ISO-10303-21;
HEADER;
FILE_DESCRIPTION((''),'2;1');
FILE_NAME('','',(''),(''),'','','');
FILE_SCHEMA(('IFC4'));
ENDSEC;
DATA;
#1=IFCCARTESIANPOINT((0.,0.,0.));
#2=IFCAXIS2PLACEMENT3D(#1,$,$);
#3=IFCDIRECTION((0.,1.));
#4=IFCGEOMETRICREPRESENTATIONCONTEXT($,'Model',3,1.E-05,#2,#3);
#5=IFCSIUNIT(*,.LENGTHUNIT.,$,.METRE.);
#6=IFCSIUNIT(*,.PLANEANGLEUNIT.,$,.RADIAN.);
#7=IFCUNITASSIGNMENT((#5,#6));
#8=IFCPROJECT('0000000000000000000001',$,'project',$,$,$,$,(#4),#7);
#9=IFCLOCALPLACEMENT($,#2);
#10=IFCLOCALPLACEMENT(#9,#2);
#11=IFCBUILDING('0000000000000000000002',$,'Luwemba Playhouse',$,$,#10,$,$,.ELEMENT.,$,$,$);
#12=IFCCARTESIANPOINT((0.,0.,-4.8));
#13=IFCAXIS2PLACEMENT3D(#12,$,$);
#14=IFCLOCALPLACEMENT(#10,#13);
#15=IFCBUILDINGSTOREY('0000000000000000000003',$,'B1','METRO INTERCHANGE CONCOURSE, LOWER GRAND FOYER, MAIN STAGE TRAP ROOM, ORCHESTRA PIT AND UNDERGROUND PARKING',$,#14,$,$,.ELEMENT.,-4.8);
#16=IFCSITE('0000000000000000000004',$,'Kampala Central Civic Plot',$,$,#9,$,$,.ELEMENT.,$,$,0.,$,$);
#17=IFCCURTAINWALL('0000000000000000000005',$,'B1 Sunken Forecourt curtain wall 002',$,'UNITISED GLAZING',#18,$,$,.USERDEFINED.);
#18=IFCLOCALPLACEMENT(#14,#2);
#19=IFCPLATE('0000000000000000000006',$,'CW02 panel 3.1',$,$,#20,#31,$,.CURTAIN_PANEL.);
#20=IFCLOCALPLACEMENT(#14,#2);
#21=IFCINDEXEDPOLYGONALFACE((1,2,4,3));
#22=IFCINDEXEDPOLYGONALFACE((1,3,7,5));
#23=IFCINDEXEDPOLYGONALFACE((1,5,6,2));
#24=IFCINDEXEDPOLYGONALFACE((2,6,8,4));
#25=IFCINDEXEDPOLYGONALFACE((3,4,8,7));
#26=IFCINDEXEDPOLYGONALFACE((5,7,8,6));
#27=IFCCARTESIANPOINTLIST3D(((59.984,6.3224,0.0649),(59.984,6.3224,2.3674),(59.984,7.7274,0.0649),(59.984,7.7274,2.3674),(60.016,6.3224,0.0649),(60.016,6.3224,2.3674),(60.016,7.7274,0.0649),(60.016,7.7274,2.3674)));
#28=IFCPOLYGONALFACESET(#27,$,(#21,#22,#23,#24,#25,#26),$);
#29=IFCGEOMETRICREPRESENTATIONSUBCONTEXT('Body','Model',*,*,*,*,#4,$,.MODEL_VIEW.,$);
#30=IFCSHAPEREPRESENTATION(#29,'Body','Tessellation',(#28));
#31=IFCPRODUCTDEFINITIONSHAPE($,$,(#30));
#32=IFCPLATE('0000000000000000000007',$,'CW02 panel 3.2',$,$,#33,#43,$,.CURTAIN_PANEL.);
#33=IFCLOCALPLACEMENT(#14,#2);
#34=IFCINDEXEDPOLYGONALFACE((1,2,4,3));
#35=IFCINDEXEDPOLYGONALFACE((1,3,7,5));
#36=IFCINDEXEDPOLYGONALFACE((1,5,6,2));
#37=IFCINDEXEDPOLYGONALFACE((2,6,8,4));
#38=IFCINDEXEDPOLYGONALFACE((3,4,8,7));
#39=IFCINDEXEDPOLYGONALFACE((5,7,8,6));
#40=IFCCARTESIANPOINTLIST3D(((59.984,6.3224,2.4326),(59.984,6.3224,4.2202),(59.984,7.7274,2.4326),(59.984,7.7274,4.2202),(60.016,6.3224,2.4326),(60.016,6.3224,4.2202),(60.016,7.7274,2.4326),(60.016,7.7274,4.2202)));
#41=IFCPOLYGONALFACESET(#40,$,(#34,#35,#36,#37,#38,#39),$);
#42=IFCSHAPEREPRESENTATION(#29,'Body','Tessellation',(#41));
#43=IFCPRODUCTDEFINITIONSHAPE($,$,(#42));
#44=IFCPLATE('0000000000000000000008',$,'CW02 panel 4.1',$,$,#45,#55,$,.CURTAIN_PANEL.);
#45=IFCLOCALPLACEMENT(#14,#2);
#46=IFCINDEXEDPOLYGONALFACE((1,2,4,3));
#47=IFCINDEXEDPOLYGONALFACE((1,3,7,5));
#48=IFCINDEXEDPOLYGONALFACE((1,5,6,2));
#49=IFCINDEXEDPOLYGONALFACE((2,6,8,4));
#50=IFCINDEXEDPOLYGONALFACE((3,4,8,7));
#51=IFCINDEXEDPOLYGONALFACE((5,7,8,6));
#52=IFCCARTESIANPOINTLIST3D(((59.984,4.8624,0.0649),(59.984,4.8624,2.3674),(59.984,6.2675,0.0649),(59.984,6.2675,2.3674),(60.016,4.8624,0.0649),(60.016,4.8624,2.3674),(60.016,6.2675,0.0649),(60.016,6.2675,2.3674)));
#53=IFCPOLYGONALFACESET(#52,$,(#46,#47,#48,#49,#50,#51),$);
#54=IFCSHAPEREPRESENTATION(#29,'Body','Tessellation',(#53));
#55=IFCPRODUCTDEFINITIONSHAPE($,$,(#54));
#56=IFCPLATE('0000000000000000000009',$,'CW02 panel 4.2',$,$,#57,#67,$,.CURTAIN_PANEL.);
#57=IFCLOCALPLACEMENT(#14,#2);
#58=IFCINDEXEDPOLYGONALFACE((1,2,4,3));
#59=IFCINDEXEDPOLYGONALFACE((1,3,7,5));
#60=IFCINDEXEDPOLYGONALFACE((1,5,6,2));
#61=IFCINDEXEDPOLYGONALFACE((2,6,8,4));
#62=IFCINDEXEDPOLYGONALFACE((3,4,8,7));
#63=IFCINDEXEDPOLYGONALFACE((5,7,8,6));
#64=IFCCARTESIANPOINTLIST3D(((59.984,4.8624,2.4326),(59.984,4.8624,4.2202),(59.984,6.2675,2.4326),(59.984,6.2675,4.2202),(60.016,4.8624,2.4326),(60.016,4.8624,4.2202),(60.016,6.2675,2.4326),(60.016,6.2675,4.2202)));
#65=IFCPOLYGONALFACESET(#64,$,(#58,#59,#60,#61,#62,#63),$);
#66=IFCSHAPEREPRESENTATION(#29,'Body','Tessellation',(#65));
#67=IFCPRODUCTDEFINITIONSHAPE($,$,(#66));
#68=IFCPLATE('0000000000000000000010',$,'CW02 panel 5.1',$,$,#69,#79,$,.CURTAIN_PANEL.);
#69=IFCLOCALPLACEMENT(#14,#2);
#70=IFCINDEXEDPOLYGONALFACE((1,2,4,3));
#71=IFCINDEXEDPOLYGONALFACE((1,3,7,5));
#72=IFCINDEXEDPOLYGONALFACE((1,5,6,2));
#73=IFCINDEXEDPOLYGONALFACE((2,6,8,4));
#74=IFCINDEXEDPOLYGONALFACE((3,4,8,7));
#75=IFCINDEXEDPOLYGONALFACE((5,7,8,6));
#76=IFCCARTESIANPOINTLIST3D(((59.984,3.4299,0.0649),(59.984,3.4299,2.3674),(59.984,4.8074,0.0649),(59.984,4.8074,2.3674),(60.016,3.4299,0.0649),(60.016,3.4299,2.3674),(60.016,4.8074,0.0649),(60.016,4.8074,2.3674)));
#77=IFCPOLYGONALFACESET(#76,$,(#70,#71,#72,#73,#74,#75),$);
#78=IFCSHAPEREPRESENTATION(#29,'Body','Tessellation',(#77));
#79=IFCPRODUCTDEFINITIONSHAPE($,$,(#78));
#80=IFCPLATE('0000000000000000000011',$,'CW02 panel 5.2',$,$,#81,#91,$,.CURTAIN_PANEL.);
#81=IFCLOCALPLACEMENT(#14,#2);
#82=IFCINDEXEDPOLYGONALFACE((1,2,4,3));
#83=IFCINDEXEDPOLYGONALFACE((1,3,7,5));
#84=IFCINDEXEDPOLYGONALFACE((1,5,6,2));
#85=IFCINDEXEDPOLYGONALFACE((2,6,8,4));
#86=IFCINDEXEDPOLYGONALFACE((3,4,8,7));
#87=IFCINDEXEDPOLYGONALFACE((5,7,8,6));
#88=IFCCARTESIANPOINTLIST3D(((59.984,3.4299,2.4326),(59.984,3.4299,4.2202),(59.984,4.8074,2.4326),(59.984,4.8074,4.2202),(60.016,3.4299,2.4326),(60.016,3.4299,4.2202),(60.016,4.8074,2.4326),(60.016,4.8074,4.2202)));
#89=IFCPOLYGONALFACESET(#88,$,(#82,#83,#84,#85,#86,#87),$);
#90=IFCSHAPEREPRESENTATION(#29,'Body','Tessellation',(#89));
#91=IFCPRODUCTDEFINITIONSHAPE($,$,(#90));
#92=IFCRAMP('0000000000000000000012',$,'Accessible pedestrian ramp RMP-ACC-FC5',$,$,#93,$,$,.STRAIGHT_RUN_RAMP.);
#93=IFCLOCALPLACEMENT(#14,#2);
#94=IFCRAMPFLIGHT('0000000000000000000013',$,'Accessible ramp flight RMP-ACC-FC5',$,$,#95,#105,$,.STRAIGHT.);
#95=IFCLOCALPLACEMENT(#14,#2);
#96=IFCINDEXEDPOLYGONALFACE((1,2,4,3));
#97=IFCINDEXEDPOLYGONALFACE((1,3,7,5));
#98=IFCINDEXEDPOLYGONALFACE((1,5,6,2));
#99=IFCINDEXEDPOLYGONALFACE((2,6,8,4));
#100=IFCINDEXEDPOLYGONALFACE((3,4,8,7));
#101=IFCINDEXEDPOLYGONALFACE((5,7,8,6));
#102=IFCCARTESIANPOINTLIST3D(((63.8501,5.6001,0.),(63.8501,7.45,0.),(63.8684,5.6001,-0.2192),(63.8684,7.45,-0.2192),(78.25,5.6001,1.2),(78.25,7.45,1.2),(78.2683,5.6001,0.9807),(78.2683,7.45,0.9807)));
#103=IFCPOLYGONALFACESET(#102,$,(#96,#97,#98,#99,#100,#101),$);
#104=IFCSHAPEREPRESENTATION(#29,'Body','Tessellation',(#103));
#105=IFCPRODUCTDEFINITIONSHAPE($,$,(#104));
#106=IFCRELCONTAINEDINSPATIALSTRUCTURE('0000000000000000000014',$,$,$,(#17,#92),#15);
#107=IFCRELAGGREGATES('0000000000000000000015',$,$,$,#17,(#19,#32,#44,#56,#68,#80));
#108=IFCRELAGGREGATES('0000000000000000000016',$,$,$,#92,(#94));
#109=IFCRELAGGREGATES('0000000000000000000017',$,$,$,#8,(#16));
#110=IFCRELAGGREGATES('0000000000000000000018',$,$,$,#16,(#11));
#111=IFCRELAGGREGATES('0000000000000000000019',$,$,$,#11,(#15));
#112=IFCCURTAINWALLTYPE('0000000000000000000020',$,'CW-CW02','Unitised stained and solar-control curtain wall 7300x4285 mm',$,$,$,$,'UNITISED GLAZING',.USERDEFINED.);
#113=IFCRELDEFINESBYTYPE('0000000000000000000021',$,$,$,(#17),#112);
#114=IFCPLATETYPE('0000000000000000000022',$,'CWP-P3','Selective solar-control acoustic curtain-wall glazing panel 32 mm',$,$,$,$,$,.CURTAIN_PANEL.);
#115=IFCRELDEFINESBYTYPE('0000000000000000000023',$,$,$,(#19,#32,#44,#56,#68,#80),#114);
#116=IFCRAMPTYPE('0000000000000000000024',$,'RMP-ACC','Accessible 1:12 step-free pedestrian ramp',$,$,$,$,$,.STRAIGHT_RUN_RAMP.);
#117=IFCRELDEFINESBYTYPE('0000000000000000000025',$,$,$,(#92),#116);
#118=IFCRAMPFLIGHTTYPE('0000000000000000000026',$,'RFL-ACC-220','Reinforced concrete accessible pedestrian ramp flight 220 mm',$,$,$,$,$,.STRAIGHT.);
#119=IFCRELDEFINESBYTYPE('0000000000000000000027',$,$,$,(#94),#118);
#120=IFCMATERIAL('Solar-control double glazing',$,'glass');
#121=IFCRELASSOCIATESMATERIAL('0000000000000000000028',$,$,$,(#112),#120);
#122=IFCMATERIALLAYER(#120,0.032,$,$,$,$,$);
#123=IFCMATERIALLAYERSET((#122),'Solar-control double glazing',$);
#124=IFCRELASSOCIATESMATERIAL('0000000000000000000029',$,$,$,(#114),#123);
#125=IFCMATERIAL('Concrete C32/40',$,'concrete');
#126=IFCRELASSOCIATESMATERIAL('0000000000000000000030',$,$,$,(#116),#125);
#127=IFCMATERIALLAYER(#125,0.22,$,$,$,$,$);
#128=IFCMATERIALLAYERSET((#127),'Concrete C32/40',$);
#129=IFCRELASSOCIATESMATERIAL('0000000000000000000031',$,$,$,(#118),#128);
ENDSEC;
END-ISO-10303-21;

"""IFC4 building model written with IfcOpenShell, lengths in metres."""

from ifc_helpers import new_model, si_unit, direction, frame, origin, origin_2d, place, context, subcontext, project, spatial, polyline, rectangle, outline, extrude, material, layer, layer_set, type_object, element, aggregate, save


model = new_model("IFC4")

# Units and contexts
model_context = context("Model", 3, precision=1e-05, world=origin(), true_north=direction((0.0, 1.0)))
body_context = subcontext(model_context, "Body", "Model", "MODEL_VIEW")
ifc_project = project(units=[si_unit("LENGTHUNIT", "METRE"), si_unit("PLANEANGLEUNIT", "RADIAN")], contexts=[model_context])

# Site, building, storey
site_placement = place(None, origin())
site = spatial("IfcSite", under=ifc_project, at=site_placement, Name="Kampala Central Civic Plot", CompositionType="ELEMENT", RefElevation=0.0)
building_placement = place(site_placement, origin())
building = spatial("IfcBuilding", under=site, at=building_placement, Name="Luwemba Playhouse", CompositionType="ELEMENT")
storey_placement = place(building_placement, frame((0.0, 0.0, -4.8)))
storey = spatial("IfcBuildingStorey", under=building, at=storey_placement, Name="B1", Description="METRO INTERCHANGE CONCOURSE, LOWER GRAND FOYER, MAIN STAGE TRAP ROOM, ORCHESTRA PIT AND UNDERGROUND PARKING", CompositionType="ELEMENT", Elevation=-4.8)

# Shared definitions
ifc_material_1 = material(Name="Concrete C32/40", Category="concrete")

# Curtain wall, plates
ifc_material_2 = material(Name="Solar-control double glazing", Category="glass")
curtain_wall_type = type_object("IfcCurtainWallType", Name="CW-CW02", Description="Unitised stained and solar-control curtain wall 7300x4285 mm", ElementType="UNITISED GLAZING", PredefinedType="USERDEFINED", material=ifc_material_2)
curtain_wall_placement = place(storey_placement, origin())
curtain_wall = element("IfcCurtainWall", 1, at=curtain_wall_placement, inside=storey, type_object=curtain_wall_type, Name="B1 Sunken Forecourt curtain wall 002", ObjectType="UNITISED GLAZING", PredefinedType="USERDEFINED")
ifc_layer_1 = layer(ifc_material_2, 0.032)
ifc_layer_set_1 = layer_set([ifc_layer_1], Name="Solar-control double glazing")
plate_type = type_object("IfcPlateType", Name="CWP-P3", Description="Selective solar-control acoustic curtain-wall glazing panel 32 mm", PredefinedType="CURTAIN_PANEL", material=ifc_layer_set_1)
plate_1_placement = place(storey_placement, frame((60.0, 7.0249, 0.0649), z_axis=(0.0, 0.0, 1.0), x_axis=(0.0, -1.0, 0.0)))
plate_1 = element("IfcPlate", 2, at=plate_1_placement, type_object=plate_type, Name="CW02 panel 3.1", PredefinedType="CURTAIN_PANEL", context=body_context, shape_type="SweptSolid", body=[
    extrude(rectangle(XDim=1.405, YDim=0.032, at=origin_2d()), origin(), (0.0, 0.0, 1.0), 2.3025),
])
plate_2_placement = place(storey_placement, frame((60.0, 7.0249, 2.4326), z_axis=(0.0, 0.0, 1.0), x_axis=(0.0, -1.0, 0.0)))
plate_2 = element("IfcPlate", 3, at=plate_2_placement, type_object=plate_type, Name="CW02 panel 3.2", PredefinedType="CURTAIN_PANEL", context=body_context, shape_type="SweptSolid", body=[
    extrude(rectangle(XDim=1.405, YDim=0.032, at=origin_2d()), origin(), (0.0, 0.0, 1.0), 1.7876),
])
plate_3_placement = place(storey_placement, frame((60.0, 5.5649, 0.0649), z_axis=(0.0, 0.0, 1.0), x_axis=(0.0, -1.0, 0.0)))
plate_3 = element("IfcPlate", 4, at=plate_3_placement, type_object=plate_type, Name="CW02 panel 4.1", PredefinedType="CURTAIN_PANEL", context=body_context, shape_type="SweptSolid", body=[
    extrude(rectangle(XDim=1.405, YDim=0.032, at=origin_2d()), origin(), (0.0, 0.0, 1.0), 2.3025),
])
plate_4_placement = place(storey_placement, frame((60.0, 5.5649, 2.4326), z_axis=(0.0, 0.0, 1.0), x_axis=(0.0, -1.0, 0.0)))
plate_4 = element("IfcPlate", 5, at=plate_4_placement, type_object=plate_type, Name="CW02 panel 4.2", PredefinedType="CURTAIN_PANEL", context=body_context, shape_type="SweptSolid", body=[
    extrude(rectangle(XDim=1.405, YDim=0.032, at=origin_2d()), origin(), (0.0, 0.0, 1.0), 1.7876),
])
plate_5_placement = place(storey_placement, frame((60.0, 4.1187, 0.0649), z_axis=(0.0, 0.0, 1.0), x_axis=(0.0, -1.0, 0.0)))
plate_5 = element("IfcPlate", 6, at=plate_5_placement, type_object=plate_type, Name="CW02 panel 5.1", PredefinedType="CURTAIN_PANEL", context=body_context, shape_type="SweptSolid", body=[
    extrude(rectangle(XDim=1.3774, YDim=0.032, at=origin_2d()), origin(), (0.0, 0.0, 1.0), 2.3025),
])
plate_6_placement = place(storey_placement, frame((60.0, 4.1187, 2.4326), z_axis=(0.0, 0.0, 1.0), x_axis=(0.0, -1.0, 0.0)))
plate_6 = element("IfcPlate", 7, at=plate_6_placement, type_object=plate_type, Name="CW02 panel 5.2", PredefinedType="CURTAIN_PANEL", context=body_context, shape_type="SweptSolid", body=[
    extrude(rectangle(XDim=1.3774, YDim=0.032, at=origin_2d()), origin(), (0.0, 0.0, 1.0), 1.7876),
])
aggregate(curtain_wall, [plate_1, plate_2, plate_3, plate_4, plate_5, plate_6])

# Ramp, ramp flight
ramp_type = type_object("IfcRampType", Name="RMP-ACC", Description="Accessible 1:12 step-free pedestrian ramp", PredefinedType="STRAIGHT_RUN_RAMP", material=ifc_material_1)
ramp_placement = place(storey_placement, origin())
ramp = element("IfcRamp", 8, at=ramp_placement, inside=storey, type_object=ramp_type, Name="Accessible pedestrian ramp RMP-ACC-FC5", PredefinedType="STRAIGHT_RUN_RAMP")
ifc_layer_2 = layer(ifc_material_1, 0.22)
ifc_layer_set_2 = layer_set([ifc_layer_2], Name="Concrete C32/40")
ramp_flight_type = type_object("IfcRampFlightType", Name="RFL-ACC-220", Description="Reinforced concrete accessible pedestrian ramp flight 220 mm", PredefinedType="STRAIGHT", material=ifc_layer_set_2)
ramp_flight_placement = place(storey_placement, frame((63.8501, 5.6001, 0.0), z_axis=(-0.083043, 0.0, 0.996546), x_axis=(0.996546, 0.0, 0.083043)))
ramp_flight = element("IfcRampFlight", 9, at=ramp_flight_placement, type_object=ramp_flight_type, Name="Accessible ramp flight RMP-ACC-FC5", PredefinedType="STRAIGHT", context=body_context, shape_type="SweptSolid", body=[
    extrude(outline(polyline([(0.0, 0.0), (14.4498, 0.0), (14.4498, 1.8499), (0.0, 1.8499), (0.0, 0.0)])), origin(), (0.0, 0.0, -1.0), 0.22),
])
aggregate(ramp, [ramp_flight])

save(model, "model.ifc")
